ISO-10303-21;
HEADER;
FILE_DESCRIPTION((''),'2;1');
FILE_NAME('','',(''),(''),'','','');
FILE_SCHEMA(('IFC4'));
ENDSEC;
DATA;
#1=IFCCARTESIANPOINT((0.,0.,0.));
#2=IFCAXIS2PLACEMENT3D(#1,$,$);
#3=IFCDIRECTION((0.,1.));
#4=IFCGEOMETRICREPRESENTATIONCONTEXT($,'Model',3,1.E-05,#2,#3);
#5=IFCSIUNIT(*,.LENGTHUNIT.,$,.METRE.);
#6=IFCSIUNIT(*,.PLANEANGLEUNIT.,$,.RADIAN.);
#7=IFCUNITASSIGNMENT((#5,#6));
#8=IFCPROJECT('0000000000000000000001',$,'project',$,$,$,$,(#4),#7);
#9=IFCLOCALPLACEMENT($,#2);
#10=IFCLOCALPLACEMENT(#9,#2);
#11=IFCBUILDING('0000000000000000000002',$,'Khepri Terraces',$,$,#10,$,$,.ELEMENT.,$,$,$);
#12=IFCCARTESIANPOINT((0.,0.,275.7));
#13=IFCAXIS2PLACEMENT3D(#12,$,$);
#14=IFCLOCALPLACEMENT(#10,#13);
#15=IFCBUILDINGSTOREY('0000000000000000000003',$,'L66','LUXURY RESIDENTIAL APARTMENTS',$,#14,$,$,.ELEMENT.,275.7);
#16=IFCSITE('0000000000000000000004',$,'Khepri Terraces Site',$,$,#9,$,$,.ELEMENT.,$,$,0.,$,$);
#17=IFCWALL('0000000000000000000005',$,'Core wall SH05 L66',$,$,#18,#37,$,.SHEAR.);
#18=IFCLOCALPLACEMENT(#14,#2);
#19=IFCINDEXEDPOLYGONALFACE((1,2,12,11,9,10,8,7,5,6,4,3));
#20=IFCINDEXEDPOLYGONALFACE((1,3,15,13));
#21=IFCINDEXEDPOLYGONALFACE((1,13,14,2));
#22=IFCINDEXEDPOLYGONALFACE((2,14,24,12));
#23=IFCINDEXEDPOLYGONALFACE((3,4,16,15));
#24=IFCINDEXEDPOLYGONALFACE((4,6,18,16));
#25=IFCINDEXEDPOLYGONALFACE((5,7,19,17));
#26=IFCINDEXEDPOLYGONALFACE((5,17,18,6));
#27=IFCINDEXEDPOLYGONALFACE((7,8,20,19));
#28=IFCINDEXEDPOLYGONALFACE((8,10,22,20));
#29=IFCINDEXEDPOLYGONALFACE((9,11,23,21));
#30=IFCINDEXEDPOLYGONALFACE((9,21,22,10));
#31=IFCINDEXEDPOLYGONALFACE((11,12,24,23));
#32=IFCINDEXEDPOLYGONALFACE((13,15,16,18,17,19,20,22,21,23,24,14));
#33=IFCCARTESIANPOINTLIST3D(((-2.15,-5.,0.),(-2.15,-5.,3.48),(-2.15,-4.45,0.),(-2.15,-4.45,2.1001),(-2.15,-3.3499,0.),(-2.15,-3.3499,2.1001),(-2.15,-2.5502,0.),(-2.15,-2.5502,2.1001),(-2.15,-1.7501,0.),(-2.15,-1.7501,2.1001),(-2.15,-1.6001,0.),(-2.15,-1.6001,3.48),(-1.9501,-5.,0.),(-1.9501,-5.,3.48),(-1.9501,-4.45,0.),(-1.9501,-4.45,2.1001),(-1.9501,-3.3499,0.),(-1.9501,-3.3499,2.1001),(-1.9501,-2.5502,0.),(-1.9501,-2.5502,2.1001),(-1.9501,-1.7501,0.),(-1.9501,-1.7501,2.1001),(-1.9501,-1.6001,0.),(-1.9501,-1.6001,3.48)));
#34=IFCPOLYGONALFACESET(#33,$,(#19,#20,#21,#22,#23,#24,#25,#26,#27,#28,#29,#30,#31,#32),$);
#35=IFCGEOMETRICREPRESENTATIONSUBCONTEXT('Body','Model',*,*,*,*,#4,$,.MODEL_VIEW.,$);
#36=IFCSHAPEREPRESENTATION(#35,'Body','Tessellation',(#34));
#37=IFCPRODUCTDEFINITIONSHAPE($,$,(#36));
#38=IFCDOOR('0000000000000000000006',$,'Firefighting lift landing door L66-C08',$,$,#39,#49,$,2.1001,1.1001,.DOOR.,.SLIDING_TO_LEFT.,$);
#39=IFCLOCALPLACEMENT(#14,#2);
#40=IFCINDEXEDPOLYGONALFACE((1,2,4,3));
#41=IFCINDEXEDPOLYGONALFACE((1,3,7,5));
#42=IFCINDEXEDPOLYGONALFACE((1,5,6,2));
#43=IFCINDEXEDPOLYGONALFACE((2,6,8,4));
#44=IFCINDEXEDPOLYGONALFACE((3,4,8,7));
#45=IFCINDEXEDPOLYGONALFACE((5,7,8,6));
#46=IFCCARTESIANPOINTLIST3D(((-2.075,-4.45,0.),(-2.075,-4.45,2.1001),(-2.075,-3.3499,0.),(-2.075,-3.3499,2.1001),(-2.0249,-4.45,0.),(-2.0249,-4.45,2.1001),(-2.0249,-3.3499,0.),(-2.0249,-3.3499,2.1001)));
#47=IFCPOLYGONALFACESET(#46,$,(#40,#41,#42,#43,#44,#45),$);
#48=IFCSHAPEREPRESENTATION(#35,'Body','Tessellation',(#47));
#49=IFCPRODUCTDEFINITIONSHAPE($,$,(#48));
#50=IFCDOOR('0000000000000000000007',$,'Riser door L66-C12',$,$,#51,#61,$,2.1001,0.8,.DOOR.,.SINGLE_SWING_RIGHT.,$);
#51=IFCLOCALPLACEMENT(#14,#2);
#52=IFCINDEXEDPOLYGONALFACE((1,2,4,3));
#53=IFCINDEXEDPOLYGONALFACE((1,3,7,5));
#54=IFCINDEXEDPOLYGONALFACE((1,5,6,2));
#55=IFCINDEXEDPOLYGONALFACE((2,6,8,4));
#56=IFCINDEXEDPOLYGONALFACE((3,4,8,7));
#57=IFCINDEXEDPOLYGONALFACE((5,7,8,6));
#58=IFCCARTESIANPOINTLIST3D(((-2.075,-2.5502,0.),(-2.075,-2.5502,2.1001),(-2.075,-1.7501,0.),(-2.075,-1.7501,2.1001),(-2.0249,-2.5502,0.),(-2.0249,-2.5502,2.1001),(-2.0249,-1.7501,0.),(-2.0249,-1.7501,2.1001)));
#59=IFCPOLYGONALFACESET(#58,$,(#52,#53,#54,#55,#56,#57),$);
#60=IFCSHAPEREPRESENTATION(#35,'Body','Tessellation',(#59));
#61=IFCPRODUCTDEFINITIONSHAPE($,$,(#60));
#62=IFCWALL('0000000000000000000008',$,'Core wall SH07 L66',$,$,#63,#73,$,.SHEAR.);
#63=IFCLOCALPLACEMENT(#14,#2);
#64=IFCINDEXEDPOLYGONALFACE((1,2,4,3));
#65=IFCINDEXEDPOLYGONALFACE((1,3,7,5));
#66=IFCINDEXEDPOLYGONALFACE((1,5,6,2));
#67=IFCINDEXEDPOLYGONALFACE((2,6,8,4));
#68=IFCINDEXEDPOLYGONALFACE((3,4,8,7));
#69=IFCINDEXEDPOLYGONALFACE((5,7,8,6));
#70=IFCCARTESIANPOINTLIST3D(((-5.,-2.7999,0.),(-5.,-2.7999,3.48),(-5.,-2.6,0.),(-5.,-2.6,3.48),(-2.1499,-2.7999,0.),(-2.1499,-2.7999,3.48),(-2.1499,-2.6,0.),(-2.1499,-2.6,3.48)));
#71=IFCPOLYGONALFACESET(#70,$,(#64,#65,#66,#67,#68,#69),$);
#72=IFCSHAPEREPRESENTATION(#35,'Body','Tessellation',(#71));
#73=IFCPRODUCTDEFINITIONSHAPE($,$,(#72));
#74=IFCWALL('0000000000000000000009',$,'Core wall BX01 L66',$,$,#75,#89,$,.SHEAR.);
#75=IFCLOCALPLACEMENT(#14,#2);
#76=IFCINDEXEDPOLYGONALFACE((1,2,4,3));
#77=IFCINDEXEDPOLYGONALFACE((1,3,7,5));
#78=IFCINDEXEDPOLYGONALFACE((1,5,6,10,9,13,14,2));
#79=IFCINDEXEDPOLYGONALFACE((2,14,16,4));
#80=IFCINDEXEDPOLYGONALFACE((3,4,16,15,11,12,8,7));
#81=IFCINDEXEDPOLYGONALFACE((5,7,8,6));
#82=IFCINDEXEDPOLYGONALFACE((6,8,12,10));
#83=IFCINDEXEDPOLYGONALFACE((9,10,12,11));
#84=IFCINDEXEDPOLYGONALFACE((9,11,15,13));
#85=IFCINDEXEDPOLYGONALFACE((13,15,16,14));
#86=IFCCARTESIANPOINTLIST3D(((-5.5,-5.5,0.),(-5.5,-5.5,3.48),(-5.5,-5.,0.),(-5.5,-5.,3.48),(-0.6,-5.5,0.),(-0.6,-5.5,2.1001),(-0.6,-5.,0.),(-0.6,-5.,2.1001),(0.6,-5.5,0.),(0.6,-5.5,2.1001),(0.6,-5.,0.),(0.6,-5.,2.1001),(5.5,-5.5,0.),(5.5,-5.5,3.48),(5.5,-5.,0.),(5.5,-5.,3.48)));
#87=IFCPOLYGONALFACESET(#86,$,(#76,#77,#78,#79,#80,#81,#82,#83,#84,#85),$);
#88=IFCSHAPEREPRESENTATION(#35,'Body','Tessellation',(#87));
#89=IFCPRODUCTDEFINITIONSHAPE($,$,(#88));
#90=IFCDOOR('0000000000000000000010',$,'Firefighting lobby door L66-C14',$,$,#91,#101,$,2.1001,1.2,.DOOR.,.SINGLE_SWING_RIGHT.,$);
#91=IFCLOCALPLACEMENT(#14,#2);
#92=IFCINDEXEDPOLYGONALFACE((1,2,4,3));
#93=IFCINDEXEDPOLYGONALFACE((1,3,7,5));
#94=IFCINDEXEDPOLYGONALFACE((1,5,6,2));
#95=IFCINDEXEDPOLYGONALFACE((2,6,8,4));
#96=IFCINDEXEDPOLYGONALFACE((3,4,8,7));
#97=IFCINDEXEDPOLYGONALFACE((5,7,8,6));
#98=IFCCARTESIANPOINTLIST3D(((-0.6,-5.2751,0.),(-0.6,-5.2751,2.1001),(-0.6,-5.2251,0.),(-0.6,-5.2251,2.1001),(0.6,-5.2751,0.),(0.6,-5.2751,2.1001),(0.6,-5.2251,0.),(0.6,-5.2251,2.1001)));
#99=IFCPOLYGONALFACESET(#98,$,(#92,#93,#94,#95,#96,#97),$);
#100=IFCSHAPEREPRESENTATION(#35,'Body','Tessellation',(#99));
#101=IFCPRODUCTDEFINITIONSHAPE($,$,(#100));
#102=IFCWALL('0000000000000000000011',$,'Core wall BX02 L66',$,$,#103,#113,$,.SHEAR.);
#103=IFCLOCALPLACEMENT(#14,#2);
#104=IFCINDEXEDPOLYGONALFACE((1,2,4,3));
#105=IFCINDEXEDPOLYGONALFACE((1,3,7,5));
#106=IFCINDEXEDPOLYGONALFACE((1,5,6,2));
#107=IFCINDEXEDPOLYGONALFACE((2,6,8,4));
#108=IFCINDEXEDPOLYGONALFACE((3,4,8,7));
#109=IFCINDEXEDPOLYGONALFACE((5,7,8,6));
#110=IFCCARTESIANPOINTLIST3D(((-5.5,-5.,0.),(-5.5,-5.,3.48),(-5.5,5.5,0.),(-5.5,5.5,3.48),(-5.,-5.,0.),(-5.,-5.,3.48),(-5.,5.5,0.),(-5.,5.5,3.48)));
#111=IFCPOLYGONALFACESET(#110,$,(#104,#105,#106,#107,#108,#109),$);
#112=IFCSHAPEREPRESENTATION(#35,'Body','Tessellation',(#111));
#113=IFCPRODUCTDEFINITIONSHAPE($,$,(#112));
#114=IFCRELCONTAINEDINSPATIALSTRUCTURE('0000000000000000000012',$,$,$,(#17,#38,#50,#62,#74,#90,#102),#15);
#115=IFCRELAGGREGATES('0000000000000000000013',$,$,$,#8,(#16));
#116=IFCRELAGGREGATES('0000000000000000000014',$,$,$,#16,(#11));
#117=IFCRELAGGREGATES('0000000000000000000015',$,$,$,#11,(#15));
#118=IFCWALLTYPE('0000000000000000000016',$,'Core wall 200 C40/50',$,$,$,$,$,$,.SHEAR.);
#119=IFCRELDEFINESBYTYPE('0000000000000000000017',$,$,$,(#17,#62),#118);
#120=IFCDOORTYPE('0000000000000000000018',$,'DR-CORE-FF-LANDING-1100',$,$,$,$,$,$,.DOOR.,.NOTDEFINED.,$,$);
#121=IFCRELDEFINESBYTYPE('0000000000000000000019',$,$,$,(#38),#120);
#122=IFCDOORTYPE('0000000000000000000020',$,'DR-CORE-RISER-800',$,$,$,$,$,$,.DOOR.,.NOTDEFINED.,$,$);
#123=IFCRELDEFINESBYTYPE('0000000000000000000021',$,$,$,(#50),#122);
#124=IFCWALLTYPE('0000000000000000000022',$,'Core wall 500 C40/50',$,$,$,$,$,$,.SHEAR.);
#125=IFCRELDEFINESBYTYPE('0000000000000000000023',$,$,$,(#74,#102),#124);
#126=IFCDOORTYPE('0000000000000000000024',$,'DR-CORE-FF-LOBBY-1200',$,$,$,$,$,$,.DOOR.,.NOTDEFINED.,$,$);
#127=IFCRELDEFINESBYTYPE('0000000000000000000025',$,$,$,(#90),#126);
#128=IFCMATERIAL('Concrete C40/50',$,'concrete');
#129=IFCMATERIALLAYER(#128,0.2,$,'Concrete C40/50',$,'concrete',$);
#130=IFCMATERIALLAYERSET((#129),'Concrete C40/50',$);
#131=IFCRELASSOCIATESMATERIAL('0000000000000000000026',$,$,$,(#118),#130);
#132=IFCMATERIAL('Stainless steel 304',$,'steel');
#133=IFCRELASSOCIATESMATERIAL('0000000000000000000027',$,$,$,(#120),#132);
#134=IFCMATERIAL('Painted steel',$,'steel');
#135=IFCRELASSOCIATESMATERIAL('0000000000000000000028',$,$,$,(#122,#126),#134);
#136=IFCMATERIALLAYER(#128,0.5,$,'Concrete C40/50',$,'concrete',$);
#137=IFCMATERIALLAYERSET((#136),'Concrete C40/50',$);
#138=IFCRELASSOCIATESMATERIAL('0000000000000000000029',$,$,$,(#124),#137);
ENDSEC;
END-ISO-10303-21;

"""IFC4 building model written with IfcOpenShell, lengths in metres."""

from ifc_helpers import new_model, si_unit, direction, frame, frame_2d, origin, place, context, subcontext, project, spatial, rectangle, extrude, material, layer, layer_set, type_object, element, fill, save


model = new_model("IFC4")

# Units and contexts
model_context = context("Model", 3, precision=1e-05, world=origin(), true_north=direction((0.0, 1.0)))
body_context = subcontext(model_context, "Body", "Model", "MODEL_VIEW")
ifc_project = project(units=[si_unit("LENGTHUNIT", "METRE"), si_unit("PLANEANGLEUNIT", "RADIAN")], contexts=[model_context])

# Site, building, storey
site_placement = place(None, origin())
site = spatial("IfcSite", under=ifc_project, at=site_placement, Name="Khepri Terraces Site", CompositionType="ELEMENT", RefElevation=0.0)
building_placement = place(site_placement, origin())
building = spatial("IfcBuilding", under=site, at=building_placement, Name="Khepri Terraces", CompositionType="ELEMENT")
storey_placement = place(building_placement, frame((0.0, 0.0, 275.7)))
storey = spatial("IfcBuildingStorey", under=building, at=storey_placement, Name="L66", Description="LUXURY RESIDENTIAL APARTMENTS", CompositionType="ELEMENT", Elevation=275.7)

# Shared definitions
ifc_material_1 = material(Name="Concrete C40/50", Category="concrete")

# Shared definitions
ifc_layer_1 = layer(ifc_material_1, 0.2, Name="Concrete C40/50", Category="concrete")
ifc_layer_set_1 = layer_set([ifc_layer_1], Name="Concrete C40/50")
wall_type_1 = type_object("IfcWallType", Name="Core wall 200 C40/50", PredefinedType="SHEAR", material=ifc_layer_set_1)

# Shared definitions
ifc_material_2 = material(Name="Painted steel", Category="steel")

# Wall, openings, doors
wall_1_placement = place(storey_placement, frame((-2.05, -5.0, 0.0), z_axis=(0.0, 0.0, 1.0), x_axis=(0.0, 1.0, 0.0)))
wall_1 = element("IfcWall", 1, at=wall_1_placement, inside=storey, type_object=wall_type_1, Name="Core wall SH05 L66", PredefinedType="SHEAR", context=body_context, shape_type="SweptSolid", body=[
    extrude(rectangle(XDim=3.3999, YDim=0.2, at=frame_2d((1.7, 0.0))), origin(), (0.0, 0.0, 1.0), 3.48),
])
opening_1_placement = place(wall_1_placement, frame((0.55, 0.0, 0.0)))
opening_1 = element("IfcOpeningElement", 2, at=opening_1_placement, cuts=wall_1, PredefinedType="OPENING", context=body_context, shape_type="SweptSolid", body=[
    extrude(rectangle(XDim=1.1001, YDim=2.1001, at=frame_2d((0.55, 1.05))), frame((0.0, 0.1099, 0.0), z_axis=(0.0, -1.0, 0.0), x_axis=(1.0, 0.0, 0.0)), (0.0, 0.0, 1.0), 0.22),
])
opening_2_placement = place(wall_1_placement, frame((2.45, 0.0, 0.0)))
opening_2 = element("IfcOpeningElement", 3, at=opening_2_placement, cuts=wall_1, PredefinedType="OPENING", context=body_context, shape_type="SweptSolid", body=[
    extrude(rectangle(XDim=0.8, YDim=2.1001, at=frame_2d((0.3999, 1.05))), frame((0.0, 0.1099, 0.0), z_axis=(0.0, -1.0, 0.0), x_axis=(1.0, 0.0, 0.0)), (0.0, 0.0, 1.0), 0.22),
])
ifc_material_3 = material(Name="Stainless steel 304", Category="steel")
door_type_1 = type_object("IfcDoorType", Name="DR-CORE-FF-LANDING-1100", OperationType="NOTDEFINED", PredefinedType="DOOR", material=ifc_material_3)
door_1_placement = place(opening_1_placement, origin())
door_1 = element("IfcDoor", 4, at=door_1_placement, inside=storey, type_object=door_type_1, Name="Firefighting lift landing door L66-C08", OperationType="SLIDING_TO_LEFT", OverallHeight=2.1001, OverallWidth=1.1001, PredefinedType="DOOR", context=body_context, shape_type="SweptSolid", body=[
    extrude(rectangle(XDim=1.1001, YDim=2.1001, at=frame_2d((0.55, 1.05))), frame((0.0, 0.0249, 0.0), z_axis=(0.0, -1.0, 0.0), x_axis=(1.0, 0.0, 0.0)), (0.0, 0.0, 1.0), 0.05),
])
fill(opening_1, door_1)
door_type_2 = type_object("IfcDoorType", Name="DR-CORE-RISER-800", OperationType="NOTDEFINED", PredefinedType="DOOR", material=ifc_material_2)
door_2_placement = place(opening_2_placement, origin())
door_2 = element("IfcDoor", 5, at=door_2_placement, inside=storey, type_object=door_type_2, Name="Riser door L66-C12", OperationType="SINGLE_SWING_RIGHT", OverallHeight=2.1001, OverallWidth=0.8, PredefinedType="DOOR", context=body_context, shape_type="SweptSolid", body=[
    extrude(rectangle(XDim=0.8, YDim=2.1001, at=frame_2d((0.3999, 1.05))), frame((0.0, 0.0249, 0.0), z_axis=(0.0, -1.0, 0.0), x_axis=(1.0, 0.0, 0.0)), (0.0, 0.0, 1.0), 0.05),
])
fill(opening_2, door_2)

# Wall
wall_2_placement = place(storey_placement, frame((-5.0, -2.7, 0.0), z_axis=(0.0, 0.0, 1.0), x_axis=(1.0, 0.0, 0.0)))
element("IfcWall", 6, at=wall_2_placement, inside=storey, type_object=wall_type_1, Name="Core wall SH07 L66", PredefinedType="SHEAR", context=body_context, shape_type="SweptSolid", body=[
    extrude(rectangle(XDim=2.8501, YDim=0.2, at=frame_2d((1.425, 0.0))), origin(), (0.0, 0.0, 1.0), 3.48),
])

# Wall, opening, door
ifc_layer_2 = layer(ifc_material_1, 0.5, Name="Concrete C40/50", Category="concrete")
ifc_layer_set_2 = layer_set([ifc_layer_2], Name="Concrete C40/50")
wall_type_2 = type_object("IfcWallType", Name="Core wall 500 C40/50", PredefinedType="SHEAR", material=ifc_layer_set_2)
wall_3_placement = place(storey_placement, frame((-5.5, -5.25, 0.0), z_axis=(0.0, 0.0, 1.0), x_axis=(1.0, 0.0, 0.0)))
wall_3 = element("IfcWall", 7, at=wall_3_placement, inside=storey, type_object=wall_type_2, Name="Core wall BX01 L66", PredefinedType="SHEAR", context=body_context, shape_type="SweptSolid", body=[
    extrude(rectangle(XDim=11.0, YDim=0.5, at=frame_2d((5.5, 0.0))), origin(), (0.0, 0.0, 1.0), 3.48),
])
opening_3_placement = place(wall_3_placement, frame((4.8999, 0.0, 0.0)))
opening_3 = element("IfcOpeningElement", 8, at=opening_3_placement, cuts=wall_3, PredefinedType="OPENING", context=body_context, shape_type="SweptSolid", body=[
    extrude(rectangle(XDim=1.2, YDim=2.1001, at=frame_2d((0.6001, 1.05))), frame((0.0, 0.26, 0.0), z_axis=(0.0, -1.0, 0.0), x_axis=(1.0, 0.0, 0.0)), (0.0, 0.0, 1.0), 0.52),
])
door_type_3 = type_object("IfcDoorType", Name="DR-CORE-FF-LOBBY-1200", OperationType="NOTDEFINED", PredefinedType="DOOR", material=ifc_material_2)
door_3_placement = place(opening_3_placement, origin())
door_3 = element("IfcDoor", 9, at=door_3_placement, inside=storey, type_object=door_type_3, Name="Firefighting lobby door L66-C14", OperationType="SINGLE_SWING_RIGHT", OverallHeight=2.1001, OverallWidth=1.2, PredefinedType="DOOR", context=body_context, shape_type="SweptSolid", body=[
    extrude(rectangle(XDim=1.2, YDim=2.1001, at=frame_2d((0.6001, 1.05))), frame((0.0, 0.0249, 0.0), z_axis=(0.0, -1.0, 0.0), x_axis=(1.0, 0.0, 0.0)), (0.0, 0.0, 1.0), 0.05),
])
fill(opening_3, door_3)

# Wall
wall_4_placement = place(storey_placement, frame((-5.25, -5.0, 0.0), z_axis=(0.0, 0.0, 1.0), x_axis=(0.0, 1.0, 0.0)))
element("IfcWall", 10, at=wall_4_placement, inside=storey, type_object=wall_type_2, Name="Core wall BX02 L66", PredefinedType="SHEAR", context=body_context, shape_type="SweptSolid", body=[
    extrude(rectangle(XDim=10.5, YDim=0.5, at=frame_2d((5.25, 0.0))), origin(), (0.0, 0.0, 1.0), 3.48),
])

save(model, "model.ifc")
